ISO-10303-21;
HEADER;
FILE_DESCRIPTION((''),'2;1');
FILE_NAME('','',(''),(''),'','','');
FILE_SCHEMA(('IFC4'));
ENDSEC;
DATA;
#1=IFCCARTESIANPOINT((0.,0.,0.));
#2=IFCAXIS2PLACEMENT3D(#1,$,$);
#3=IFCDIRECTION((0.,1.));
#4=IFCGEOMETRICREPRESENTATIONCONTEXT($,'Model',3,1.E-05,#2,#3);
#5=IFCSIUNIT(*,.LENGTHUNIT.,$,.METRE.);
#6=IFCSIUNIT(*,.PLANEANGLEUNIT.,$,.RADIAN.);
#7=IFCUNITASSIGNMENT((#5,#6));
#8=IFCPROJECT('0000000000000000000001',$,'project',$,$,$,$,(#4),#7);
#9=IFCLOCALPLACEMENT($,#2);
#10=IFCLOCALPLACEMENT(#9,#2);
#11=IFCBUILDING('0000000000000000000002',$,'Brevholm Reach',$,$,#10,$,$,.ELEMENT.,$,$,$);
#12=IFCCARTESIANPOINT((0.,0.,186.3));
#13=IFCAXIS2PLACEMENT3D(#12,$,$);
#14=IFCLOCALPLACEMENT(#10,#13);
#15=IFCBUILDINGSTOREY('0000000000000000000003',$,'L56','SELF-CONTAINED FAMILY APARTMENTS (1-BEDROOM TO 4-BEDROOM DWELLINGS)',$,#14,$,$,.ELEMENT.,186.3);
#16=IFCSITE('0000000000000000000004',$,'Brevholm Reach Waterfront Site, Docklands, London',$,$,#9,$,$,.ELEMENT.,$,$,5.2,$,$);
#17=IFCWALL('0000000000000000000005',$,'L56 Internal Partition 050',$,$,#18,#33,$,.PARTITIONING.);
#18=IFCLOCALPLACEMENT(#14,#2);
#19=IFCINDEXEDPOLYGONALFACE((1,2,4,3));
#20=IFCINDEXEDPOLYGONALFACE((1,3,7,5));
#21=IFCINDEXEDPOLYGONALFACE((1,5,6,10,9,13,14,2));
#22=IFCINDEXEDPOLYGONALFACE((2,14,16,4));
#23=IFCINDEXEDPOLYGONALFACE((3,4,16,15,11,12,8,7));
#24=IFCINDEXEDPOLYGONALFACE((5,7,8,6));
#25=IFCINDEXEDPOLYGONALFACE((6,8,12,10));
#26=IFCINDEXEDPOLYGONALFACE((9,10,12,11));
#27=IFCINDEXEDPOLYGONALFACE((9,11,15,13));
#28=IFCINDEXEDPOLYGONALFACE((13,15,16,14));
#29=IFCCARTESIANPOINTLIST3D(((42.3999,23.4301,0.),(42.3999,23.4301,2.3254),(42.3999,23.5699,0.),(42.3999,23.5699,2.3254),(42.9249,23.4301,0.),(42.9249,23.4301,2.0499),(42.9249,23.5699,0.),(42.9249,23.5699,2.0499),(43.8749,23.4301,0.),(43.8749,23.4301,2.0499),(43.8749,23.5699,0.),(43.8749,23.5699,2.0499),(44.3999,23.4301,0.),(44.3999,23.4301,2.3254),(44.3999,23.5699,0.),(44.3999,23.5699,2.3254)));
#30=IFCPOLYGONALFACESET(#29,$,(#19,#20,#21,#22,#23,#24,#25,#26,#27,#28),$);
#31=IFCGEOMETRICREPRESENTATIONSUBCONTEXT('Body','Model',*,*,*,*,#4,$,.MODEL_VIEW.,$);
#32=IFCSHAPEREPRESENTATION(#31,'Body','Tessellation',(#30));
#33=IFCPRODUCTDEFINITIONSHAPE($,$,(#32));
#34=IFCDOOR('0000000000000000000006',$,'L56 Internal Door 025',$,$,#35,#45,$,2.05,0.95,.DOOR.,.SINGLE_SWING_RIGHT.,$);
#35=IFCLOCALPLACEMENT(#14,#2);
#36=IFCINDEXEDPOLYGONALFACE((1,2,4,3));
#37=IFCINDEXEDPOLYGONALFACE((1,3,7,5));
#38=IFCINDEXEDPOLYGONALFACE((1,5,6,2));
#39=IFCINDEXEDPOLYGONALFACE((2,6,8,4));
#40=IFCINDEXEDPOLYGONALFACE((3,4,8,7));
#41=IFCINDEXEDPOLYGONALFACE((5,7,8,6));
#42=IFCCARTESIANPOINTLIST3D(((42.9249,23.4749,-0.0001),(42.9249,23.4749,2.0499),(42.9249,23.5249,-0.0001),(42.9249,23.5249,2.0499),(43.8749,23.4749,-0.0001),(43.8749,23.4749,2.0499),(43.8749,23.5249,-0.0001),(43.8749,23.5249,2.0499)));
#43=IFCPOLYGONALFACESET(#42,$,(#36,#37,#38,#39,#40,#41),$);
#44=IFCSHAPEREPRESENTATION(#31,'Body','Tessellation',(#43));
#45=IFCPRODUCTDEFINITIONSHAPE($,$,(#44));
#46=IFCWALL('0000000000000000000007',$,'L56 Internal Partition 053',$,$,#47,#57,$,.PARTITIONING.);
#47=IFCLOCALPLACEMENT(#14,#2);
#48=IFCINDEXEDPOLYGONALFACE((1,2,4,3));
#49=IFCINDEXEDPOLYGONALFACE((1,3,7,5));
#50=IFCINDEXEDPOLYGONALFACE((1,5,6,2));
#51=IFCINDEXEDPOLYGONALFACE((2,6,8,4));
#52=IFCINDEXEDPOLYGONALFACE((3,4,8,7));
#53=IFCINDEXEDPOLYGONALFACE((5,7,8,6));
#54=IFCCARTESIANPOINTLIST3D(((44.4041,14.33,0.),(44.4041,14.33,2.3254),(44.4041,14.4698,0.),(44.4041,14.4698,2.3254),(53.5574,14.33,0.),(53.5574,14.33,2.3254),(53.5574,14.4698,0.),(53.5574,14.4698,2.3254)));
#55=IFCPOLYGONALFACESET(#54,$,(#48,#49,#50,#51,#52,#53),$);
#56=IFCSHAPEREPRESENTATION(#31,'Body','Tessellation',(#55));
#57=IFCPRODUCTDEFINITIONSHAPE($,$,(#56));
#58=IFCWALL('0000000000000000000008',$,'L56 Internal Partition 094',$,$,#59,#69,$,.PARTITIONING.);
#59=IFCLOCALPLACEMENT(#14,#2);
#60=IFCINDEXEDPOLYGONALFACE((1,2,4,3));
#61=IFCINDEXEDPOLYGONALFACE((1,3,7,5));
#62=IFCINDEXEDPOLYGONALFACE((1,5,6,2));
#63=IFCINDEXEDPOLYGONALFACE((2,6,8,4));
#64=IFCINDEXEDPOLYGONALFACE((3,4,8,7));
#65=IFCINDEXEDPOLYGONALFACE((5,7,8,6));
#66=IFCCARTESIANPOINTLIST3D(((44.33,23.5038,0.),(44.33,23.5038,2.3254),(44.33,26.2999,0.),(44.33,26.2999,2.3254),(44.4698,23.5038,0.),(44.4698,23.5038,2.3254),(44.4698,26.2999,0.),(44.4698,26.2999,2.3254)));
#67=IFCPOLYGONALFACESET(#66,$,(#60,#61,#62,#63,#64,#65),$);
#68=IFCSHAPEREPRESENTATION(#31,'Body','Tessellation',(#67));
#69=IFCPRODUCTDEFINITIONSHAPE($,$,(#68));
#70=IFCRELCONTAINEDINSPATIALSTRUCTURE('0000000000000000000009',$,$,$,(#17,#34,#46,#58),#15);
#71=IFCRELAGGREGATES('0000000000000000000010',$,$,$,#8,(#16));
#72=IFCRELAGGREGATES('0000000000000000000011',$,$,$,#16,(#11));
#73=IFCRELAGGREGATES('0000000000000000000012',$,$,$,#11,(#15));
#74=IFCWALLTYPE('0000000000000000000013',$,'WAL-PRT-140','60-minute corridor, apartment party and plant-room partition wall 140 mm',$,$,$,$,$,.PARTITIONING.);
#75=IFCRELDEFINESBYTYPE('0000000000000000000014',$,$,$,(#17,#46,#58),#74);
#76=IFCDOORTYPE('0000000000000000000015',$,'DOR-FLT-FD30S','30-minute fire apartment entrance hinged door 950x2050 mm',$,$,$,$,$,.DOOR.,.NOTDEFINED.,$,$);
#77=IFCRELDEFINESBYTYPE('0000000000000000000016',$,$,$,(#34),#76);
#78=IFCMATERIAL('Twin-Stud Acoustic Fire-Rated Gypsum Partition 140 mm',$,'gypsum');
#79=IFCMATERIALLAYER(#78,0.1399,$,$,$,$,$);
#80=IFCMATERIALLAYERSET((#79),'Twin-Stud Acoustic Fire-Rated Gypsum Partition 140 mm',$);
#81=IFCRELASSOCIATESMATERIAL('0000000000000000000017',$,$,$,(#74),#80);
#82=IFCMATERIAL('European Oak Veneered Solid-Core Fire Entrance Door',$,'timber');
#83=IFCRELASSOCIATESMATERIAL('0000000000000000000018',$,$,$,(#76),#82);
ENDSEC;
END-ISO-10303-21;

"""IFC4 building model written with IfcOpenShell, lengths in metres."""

from ifc_helpers import new_model, si_unit, direction, frame, frame_2d, origin, place, context, subcontext, project, spatial, rectangle, extrude, material, layer, layer_set, type_object, element, fill, save


model = new_model("IFC4")

# Units and contexts
model_context = context("Model", 3, precision=1e-05, world=origin(), true_north=direction((0.0, 1.0)))
body_context = subcontext(model_context, "Body", "Model", "MODEL_VIEW")
ifc_project = project(units=[si_unit("LENGTHUNIT", "METRE"), si_unit("PLANEANGLEUNIT", "RADIAN")], contexts=[model_context])

# Site, building, storey
site_placement = place(None, origin())
site = spatial("IfcSite", under=ifc_project, at=site_placement, Name="Brevholm Reach Waterfront Site, Docklands, London", CompositionType="ELEMENT", RefElevation=5.2)
building_placement = place(site_placement, origin())
building = spatial("IfcBuilding", under=site, at=building_placement, Name="Brevholm Reach", CompositionType="ELEMENT")
storey_placement = place(building_placement, frame((0.0, 0.0, 186.3)))
storey = spatial("IfcBuildingStorey", under=building, at=storey_placement, Name="L56", Description="SELF-CONTAINED FAMILY APARTMENTS (1-BEDROOM TO 4-BEDROOM DWELLINGS)", CompositionType="ELEMENT", Elevation=186.3)

# Shared definitions
ifc_material_1 = material(Name="Twin-Stud Acoustic Fire-Rated Gypsum Partition 140 mm", Category="gypsum")
ifc_layer_1 = layer(ifc_material_1, 0.1399)
ifc_layer_set_1 = layer_set([ifc_layer_1], Name="Twin-Stud Acoustic Fire-Rated Gypsum Partition 140 mm")
wall_type_1 = type_object("IfcWallType", Name="WAL-PRT-140", Description="60-minute corridor, apartment party and plant-room partition wall 140 mm", PredefinedType="PARTITIONING", material=ifc_layer_set_1)

# Wall, opening, door
ifc_material_2 = material(Name="European Oak Veneered Solid-Core Fire Entrance Door", Category="timber")
door_type_1 = type_object("IfcDoorType", Name="DOR-FLT-FD30S", Description="30-minute fire apartment entrance hinged door 950x2050 mm", OperationType="NOTDEFINED", PredefinedType="DOOR", material=ifc_material_2)
wall_1_placement = place(storey_placement, frame((42.3999, 23.5, 0.0), z_axis=(0.0, 0.0, 1.0), x_axis=(1.0, 0.0, 0.0)))
wall_1 = element("IfcWall", 1, at=wall_1_placement, inside=storey, type_object=wall_type_1, Name="L56 Internal Partition 050", PredefinedType="PARTITIONING", context=body_context, shape_type="SweptSolid", body=[
    extrude(rectangle(XDim=2.0, YDim=0.1399, at=frame_2d((1.0, 0.0))), origin(), (0.0, 0.0, 1.0), 2.3254),
])
opening_1_placement = place(wall_1_placement, frame((0.5249, 0.0, 0.0)))
opening_1 = element("IfcOpeningElement", 2, at=opening_1_placement, cuts=wall_1, PredefinedType="OPENING", context=body_context, shape_type="SweptSolid", body=[
    extrude(rectangle(XDim=0.95, YDim=2.05, at=frame_2d((0.4751, 1.0249))), frame((0.0, 0.0798, 0.0), z_axis=(0.0, -1.0, 0.0), x_axis=(1.0, 0.0, 0.0)), (0.0, 0.0, 1.0), 0.1599),
])
door_1_placement = place(opening_1_placement, origin())
door_1 = element("IfcDoor", 3, at=door_1_placement, inside=storey, type_object=door_type_1, Name="L56 Internal Door 025", OperationType="SINGLE_SWING_RIGHT", OverallHeight=2.05, OverallWidth=0.95, PredefinedType="DOOR", context=body_context, shape_type="SweptSolid", body=[
    extrude(rectangle(XDim=0.95, YDim=2.05, at=frame_2d((0.4751, 1.0249))), frame((0.0, 0.0249, 0.0), z_axis=(0.0, -1.0, 0.0), x_axis=(1.0, 0.0, 0.0)), (0.0, 0.0, 1.0), 0.05),
])
fill(opening_1, door_1)

# Walls
wall_2_placement = place(storey_placement, frame((44.4041, 14.3999, 0.0), z_axis=(0.0, 0.0, 1.0), x_axis=(1.0, 0.0, 0.0)))
element("IfcWall", 4, at=wall_2_placement, inside=storey, type_object=wall_type_1, Name="L56 Internal Partition 053", PredefinedType="PARTITIONING", context=body_context, shape_type="SweptSolid", body=[
    extrude(rectangle(XDim=9.1533, YDim=0.1399, at=frame_2d((4.5767, 0.0))), origin(), (0.0, 0.0, 1.0), 2.3254),
])
wall_3_placement = place(storey_placement, frame((44.3999, 23.5039, 0.0), z_axis=(0.0, 0.0, 1.0), x_axis=(0.0, 1.0, 0.0)))
element("IfcWall", 5, at=wall_3_placement, inside=storey, type_object=wall_type_1, Name="L56 Internal Partition 094", PredefinedType="PARTITIONING", context=body_context, shape_type="SweptSolid", body=[
    extrude(rectangle(XDim=2.7961, YDim=0.1399, at=frame_2d((1.3979, 0.0))), origin(), (0.0, 0.0, 1.0), 2.3254),
])

save(model, "model.ifc")
